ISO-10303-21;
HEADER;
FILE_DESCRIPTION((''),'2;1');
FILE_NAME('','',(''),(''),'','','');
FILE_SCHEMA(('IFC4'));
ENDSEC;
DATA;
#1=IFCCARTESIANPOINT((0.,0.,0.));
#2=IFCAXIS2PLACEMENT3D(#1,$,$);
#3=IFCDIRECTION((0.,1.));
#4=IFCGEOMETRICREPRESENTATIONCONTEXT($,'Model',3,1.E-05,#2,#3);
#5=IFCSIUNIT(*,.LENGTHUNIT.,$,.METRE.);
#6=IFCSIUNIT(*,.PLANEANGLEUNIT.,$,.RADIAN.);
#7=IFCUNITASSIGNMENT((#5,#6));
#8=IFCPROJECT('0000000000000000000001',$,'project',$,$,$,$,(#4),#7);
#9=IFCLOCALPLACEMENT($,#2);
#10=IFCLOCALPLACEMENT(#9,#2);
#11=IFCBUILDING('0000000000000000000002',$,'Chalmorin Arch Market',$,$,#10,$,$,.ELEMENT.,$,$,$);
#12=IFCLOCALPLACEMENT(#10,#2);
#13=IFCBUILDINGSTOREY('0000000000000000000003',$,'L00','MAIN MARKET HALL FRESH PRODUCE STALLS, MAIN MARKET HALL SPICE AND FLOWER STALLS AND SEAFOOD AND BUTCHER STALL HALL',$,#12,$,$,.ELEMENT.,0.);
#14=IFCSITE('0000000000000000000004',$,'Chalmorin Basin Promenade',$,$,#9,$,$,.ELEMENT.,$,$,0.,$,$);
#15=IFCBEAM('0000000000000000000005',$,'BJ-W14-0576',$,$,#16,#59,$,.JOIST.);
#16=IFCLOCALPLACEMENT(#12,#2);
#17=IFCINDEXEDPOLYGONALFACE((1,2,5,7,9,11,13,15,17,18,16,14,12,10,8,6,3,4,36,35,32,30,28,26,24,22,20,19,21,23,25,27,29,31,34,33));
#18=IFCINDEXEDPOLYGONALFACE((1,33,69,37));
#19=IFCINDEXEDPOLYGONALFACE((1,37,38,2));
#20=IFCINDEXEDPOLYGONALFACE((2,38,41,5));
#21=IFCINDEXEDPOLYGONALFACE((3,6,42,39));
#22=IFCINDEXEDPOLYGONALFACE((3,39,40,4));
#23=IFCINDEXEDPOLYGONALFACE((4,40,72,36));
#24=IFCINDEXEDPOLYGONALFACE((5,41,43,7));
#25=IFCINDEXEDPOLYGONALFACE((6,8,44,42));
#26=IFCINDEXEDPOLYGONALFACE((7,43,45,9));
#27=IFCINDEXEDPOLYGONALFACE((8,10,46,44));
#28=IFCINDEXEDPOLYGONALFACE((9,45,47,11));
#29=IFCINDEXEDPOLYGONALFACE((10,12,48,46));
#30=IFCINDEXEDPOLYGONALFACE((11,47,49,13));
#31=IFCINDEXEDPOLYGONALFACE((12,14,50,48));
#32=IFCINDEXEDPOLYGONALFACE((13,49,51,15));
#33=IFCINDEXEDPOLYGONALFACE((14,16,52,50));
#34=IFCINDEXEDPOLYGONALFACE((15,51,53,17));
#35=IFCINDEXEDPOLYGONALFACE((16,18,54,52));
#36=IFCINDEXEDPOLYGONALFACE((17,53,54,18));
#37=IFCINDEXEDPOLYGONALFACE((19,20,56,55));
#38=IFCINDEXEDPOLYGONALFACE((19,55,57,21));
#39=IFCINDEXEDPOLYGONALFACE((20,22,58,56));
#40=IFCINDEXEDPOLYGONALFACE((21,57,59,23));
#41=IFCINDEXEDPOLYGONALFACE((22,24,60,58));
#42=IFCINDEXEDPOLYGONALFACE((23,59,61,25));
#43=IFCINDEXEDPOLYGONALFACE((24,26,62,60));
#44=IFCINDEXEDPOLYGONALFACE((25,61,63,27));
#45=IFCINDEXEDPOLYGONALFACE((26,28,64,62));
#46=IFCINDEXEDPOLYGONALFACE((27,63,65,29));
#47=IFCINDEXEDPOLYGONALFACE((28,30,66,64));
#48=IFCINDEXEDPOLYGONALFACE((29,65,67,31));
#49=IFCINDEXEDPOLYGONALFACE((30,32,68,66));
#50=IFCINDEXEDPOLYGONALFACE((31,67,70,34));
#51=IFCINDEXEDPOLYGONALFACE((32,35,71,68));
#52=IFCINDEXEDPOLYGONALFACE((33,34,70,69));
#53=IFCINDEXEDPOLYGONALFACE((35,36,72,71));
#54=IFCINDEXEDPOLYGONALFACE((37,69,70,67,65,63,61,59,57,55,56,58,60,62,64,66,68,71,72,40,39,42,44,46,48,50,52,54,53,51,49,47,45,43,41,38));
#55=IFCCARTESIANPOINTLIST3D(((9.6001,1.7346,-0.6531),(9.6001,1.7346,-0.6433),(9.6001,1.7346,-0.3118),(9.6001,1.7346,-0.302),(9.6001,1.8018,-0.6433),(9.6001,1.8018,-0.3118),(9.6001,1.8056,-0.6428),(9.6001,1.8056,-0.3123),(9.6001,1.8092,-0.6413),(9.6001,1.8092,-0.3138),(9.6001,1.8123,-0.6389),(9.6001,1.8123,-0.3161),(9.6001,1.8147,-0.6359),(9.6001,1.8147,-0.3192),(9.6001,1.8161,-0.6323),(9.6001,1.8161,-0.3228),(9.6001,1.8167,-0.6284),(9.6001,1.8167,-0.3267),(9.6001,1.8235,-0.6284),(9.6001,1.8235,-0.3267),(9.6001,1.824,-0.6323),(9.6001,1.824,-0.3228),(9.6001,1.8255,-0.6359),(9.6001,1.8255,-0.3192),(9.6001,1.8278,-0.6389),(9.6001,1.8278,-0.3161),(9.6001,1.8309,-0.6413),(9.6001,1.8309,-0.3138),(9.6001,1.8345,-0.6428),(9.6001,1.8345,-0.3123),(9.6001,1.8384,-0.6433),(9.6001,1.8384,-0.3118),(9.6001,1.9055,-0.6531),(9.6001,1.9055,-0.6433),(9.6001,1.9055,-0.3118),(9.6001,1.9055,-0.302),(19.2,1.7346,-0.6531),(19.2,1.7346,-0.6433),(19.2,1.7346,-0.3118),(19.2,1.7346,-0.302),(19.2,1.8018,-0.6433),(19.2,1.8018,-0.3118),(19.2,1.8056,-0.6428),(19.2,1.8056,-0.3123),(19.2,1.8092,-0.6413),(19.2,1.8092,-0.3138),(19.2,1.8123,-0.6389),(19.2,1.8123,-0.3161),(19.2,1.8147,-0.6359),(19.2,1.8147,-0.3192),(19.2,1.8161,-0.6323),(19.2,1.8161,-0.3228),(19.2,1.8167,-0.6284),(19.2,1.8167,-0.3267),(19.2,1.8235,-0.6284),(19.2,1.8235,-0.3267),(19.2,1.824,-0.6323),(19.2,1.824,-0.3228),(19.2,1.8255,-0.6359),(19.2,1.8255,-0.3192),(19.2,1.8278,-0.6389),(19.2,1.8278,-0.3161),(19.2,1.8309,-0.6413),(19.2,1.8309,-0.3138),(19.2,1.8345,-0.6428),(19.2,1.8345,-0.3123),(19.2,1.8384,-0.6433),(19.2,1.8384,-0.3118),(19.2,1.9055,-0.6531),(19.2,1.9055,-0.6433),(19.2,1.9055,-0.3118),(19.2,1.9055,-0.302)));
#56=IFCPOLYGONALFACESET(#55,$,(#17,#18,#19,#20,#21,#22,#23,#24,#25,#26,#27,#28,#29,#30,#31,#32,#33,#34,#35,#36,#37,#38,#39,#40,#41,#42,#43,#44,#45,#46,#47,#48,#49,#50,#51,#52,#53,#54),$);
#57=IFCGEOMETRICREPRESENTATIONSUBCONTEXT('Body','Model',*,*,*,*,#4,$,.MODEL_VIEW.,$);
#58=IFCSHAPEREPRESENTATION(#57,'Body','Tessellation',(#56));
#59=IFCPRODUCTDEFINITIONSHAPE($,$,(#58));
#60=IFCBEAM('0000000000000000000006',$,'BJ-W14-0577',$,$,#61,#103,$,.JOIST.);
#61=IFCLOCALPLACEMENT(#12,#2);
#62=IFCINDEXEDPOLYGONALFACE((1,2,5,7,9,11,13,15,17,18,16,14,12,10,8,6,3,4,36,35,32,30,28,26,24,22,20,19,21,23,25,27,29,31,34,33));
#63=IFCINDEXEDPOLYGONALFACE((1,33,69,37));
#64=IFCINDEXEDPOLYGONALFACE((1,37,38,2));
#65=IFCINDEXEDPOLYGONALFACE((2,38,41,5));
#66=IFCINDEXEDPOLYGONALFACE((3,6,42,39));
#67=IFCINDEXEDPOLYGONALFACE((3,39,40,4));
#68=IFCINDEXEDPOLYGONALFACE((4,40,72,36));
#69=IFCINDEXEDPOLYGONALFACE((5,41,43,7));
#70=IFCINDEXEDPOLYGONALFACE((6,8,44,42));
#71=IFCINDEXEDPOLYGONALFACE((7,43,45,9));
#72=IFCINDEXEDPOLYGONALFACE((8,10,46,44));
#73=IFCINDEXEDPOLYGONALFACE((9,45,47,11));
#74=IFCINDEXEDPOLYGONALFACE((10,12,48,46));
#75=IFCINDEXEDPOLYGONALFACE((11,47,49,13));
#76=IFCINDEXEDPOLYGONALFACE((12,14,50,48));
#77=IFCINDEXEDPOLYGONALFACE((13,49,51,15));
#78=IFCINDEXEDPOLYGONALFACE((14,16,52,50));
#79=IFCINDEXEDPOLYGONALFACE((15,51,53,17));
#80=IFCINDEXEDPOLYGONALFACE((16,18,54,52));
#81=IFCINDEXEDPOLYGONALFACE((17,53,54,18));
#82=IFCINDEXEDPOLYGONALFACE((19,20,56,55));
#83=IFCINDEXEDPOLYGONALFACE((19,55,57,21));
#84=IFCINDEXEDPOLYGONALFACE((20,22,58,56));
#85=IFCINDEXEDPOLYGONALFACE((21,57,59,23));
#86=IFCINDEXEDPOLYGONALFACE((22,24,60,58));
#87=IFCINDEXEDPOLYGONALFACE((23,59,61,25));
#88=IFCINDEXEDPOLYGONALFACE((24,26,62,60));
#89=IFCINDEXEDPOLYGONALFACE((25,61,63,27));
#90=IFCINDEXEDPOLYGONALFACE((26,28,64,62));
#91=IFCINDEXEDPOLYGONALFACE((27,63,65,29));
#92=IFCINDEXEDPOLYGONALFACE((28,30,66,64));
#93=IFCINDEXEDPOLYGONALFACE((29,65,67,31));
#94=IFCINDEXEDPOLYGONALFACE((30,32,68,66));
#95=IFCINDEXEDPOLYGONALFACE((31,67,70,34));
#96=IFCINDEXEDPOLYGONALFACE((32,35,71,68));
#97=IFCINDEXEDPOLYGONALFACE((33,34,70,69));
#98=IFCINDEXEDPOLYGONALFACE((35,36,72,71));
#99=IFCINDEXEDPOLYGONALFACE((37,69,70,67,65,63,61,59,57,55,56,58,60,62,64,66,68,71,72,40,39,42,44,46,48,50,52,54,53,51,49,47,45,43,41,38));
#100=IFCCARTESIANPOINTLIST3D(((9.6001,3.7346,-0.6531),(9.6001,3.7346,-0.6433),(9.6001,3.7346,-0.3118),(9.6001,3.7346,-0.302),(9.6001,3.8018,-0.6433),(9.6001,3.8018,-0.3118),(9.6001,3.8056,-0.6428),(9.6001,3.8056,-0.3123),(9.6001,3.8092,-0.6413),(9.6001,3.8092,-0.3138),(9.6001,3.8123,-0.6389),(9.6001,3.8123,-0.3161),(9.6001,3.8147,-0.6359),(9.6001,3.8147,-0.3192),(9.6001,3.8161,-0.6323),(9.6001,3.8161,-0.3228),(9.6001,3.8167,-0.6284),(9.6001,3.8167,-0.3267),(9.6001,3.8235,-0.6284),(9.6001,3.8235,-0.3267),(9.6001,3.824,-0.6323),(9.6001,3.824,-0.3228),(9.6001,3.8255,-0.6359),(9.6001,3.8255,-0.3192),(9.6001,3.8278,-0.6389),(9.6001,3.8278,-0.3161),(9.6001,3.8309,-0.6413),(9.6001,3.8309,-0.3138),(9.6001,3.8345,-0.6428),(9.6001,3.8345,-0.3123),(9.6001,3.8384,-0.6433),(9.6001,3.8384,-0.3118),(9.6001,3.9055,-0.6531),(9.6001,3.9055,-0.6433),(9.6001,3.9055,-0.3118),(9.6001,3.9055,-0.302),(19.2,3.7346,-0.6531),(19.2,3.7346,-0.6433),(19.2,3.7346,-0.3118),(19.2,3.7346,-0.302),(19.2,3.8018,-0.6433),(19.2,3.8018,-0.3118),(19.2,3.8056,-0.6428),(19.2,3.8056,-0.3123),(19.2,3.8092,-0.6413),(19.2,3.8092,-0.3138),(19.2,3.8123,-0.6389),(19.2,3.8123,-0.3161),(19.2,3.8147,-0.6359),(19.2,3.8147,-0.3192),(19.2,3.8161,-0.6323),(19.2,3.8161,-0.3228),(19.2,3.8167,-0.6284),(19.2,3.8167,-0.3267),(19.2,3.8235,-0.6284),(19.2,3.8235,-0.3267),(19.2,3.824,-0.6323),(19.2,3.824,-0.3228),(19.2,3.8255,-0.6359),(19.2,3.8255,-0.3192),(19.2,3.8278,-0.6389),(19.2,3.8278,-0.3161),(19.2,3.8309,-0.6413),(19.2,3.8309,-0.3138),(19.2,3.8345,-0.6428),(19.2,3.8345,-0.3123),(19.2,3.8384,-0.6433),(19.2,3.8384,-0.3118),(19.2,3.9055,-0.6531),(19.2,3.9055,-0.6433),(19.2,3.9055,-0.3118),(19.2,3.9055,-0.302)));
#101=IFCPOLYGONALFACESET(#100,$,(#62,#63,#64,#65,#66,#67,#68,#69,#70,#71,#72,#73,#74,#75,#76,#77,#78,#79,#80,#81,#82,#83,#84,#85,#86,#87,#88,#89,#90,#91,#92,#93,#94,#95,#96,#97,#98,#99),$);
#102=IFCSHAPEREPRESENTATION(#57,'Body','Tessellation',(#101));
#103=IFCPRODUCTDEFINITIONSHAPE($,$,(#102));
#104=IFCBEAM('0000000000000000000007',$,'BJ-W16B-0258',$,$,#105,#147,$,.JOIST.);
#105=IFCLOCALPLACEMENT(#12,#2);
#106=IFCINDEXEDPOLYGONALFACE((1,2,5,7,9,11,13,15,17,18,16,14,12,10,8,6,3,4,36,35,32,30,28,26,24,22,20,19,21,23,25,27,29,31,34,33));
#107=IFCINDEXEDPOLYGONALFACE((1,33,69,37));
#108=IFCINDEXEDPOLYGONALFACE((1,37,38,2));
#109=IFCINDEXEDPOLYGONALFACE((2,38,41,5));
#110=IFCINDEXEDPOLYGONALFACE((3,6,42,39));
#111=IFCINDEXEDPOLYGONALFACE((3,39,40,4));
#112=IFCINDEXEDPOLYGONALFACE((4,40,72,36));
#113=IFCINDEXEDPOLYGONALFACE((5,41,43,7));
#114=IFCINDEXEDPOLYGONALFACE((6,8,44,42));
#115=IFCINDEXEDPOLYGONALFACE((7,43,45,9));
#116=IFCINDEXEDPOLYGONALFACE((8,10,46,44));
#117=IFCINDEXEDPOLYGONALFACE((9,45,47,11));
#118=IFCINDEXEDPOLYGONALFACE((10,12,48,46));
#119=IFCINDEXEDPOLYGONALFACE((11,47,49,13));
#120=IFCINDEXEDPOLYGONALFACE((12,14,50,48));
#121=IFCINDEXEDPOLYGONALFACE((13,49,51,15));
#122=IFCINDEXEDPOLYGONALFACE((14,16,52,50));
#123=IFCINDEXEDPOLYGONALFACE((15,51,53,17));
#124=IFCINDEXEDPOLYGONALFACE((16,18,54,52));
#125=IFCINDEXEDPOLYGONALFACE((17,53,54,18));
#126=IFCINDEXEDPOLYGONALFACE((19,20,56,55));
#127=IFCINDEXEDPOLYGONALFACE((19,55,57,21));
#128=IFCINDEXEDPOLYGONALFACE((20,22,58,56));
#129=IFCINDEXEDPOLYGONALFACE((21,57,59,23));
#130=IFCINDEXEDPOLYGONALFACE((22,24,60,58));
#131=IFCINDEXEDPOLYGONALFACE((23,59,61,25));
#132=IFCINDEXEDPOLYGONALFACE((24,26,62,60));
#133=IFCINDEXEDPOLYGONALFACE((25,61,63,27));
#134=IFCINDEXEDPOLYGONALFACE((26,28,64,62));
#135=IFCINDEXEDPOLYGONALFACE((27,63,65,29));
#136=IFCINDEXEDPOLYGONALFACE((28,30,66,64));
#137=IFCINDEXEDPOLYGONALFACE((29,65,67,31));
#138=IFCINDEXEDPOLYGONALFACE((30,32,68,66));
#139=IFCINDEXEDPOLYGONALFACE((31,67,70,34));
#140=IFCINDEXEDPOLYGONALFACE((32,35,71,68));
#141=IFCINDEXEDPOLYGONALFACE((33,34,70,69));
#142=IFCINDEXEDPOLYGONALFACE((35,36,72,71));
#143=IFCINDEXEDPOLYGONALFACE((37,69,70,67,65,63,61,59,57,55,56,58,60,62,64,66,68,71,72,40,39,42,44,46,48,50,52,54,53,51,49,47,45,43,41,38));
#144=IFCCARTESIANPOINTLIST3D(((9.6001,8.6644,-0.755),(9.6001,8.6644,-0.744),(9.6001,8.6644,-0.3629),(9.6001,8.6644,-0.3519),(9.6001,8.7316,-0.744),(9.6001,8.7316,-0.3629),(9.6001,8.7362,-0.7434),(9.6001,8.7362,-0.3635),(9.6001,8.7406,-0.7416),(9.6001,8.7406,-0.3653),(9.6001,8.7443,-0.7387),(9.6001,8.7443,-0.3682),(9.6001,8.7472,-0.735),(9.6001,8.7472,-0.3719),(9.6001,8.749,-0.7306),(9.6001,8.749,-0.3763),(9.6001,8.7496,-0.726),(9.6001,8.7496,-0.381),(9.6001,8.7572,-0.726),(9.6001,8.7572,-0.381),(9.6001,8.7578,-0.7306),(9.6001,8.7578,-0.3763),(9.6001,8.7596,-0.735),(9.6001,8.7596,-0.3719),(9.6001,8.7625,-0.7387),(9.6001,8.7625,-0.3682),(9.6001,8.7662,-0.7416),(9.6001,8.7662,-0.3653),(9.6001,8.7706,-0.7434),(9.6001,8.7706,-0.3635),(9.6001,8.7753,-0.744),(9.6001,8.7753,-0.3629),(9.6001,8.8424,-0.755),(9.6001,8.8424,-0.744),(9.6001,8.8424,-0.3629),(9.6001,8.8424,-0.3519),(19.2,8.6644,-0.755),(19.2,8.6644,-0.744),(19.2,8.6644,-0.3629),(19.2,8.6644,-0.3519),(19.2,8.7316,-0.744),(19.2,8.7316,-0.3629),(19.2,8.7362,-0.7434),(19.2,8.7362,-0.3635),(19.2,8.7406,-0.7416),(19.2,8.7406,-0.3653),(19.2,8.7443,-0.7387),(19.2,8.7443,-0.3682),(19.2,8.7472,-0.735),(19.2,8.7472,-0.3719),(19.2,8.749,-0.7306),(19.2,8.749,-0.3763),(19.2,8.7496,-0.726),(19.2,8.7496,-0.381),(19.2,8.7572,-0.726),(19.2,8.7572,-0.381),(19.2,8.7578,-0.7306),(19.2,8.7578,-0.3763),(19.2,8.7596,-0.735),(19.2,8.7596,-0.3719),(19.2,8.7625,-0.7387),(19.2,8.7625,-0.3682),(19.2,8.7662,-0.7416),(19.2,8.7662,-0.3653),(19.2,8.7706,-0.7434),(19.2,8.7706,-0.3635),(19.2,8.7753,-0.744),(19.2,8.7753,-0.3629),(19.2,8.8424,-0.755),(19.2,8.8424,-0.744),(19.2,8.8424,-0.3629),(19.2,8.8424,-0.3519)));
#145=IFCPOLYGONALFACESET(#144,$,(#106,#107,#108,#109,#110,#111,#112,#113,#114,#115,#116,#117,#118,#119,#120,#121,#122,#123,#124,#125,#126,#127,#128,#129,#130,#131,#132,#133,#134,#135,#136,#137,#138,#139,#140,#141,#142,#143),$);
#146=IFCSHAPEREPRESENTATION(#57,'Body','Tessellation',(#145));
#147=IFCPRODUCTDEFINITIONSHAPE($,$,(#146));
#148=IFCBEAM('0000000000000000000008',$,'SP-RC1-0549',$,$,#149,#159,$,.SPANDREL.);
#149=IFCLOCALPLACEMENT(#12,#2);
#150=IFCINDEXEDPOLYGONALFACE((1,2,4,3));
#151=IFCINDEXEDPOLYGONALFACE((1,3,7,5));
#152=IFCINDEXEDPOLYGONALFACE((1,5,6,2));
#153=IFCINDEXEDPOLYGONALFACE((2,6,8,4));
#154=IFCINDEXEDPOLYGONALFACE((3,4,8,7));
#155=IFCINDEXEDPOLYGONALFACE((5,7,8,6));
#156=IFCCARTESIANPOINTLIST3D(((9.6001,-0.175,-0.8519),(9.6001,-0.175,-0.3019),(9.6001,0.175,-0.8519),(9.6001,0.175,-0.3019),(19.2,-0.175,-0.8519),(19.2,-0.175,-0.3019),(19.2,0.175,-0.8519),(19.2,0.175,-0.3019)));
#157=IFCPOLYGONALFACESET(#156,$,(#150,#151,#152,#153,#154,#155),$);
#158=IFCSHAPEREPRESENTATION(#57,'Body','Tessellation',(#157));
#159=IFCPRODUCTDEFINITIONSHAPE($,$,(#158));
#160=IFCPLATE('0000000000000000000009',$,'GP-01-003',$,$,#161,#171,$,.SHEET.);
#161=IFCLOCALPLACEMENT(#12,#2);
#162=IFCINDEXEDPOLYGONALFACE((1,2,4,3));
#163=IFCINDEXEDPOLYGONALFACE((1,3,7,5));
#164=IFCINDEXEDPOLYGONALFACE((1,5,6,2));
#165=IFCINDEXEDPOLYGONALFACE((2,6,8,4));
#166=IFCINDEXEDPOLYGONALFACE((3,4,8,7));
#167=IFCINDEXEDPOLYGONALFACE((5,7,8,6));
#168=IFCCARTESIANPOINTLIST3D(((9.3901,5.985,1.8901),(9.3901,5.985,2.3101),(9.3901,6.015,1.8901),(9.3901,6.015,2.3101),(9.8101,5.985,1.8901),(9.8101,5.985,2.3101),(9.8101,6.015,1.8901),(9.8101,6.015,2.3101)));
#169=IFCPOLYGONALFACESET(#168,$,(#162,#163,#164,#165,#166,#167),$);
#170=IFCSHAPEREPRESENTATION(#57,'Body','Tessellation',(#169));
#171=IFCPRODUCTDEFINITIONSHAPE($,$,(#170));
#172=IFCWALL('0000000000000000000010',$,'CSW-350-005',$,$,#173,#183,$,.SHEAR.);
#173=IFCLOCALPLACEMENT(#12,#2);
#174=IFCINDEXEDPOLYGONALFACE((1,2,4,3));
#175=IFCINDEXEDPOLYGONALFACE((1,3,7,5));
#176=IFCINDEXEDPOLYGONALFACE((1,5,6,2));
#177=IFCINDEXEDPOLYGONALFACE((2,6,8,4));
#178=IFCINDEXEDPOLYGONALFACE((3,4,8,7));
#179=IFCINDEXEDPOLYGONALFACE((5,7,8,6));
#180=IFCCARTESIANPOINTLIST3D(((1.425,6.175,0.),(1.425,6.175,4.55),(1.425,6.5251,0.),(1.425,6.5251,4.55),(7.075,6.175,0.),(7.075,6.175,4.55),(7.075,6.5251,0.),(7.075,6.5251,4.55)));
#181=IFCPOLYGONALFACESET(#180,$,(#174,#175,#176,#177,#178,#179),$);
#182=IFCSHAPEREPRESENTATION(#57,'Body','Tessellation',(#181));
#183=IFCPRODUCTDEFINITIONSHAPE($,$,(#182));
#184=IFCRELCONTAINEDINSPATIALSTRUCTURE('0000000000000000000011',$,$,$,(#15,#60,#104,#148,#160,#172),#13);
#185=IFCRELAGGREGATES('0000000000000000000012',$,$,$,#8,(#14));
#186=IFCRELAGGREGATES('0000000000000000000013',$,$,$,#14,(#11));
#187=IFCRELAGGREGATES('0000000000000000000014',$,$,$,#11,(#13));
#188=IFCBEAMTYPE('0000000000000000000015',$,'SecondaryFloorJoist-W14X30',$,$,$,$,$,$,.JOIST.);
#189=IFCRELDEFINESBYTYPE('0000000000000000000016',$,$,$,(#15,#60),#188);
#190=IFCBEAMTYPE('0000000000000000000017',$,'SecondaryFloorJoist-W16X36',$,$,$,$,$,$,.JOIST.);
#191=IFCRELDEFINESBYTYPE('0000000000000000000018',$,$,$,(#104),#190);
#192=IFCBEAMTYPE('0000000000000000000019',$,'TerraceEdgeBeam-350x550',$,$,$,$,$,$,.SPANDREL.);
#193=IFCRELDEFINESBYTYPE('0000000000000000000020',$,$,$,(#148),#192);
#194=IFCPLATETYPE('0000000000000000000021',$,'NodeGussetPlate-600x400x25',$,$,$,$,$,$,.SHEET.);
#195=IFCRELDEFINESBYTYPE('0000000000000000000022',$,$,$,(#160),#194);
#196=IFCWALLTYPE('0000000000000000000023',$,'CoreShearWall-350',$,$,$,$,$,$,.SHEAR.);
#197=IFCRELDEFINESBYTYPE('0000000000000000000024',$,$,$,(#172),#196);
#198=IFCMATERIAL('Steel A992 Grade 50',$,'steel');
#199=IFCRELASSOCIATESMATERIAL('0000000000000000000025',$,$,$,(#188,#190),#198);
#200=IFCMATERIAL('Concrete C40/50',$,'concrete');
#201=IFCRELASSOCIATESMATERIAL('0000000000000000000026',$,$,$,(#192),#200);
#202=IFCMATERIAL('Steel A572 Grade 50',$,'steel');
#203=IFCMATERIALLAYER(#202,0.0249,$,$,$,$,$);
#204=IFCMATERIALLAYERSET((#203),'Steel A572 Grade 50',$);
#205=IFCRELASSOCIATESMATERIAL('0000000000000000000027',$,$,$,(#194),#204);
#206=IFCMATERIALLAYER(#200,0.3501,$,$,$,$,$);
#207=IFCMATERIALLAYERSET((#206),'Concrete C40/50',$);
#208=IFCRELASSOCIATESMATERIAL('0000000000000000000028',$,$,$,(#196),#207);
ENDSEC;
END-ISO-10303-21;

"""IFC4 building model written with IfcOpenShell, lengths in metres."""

from ifc_helpers import new_model, si_unit, direction, frame, frame_2d, origin, origin_2d, place, context, subcontext, project, spatial, rectangle, i_section, extrude, material, layer, layer_set, material_profile, profile_set, type_object, element, save


model = new_model("IFC4")

# Units and contexts
model_context = context("Model", 3, precision=1e-05, world=origin(), true_north=direction((0.0, 1.0)))
body_context = subcontext(model_context, "Body", "Model", "MODEL_VIEW")
ifc_project = project(units=[si_unit("LENGTHUNIT", "METRE"), si_unit("PLANEANGLEUNIT", "RADIAN")], contexts=[model_context])

# Site, building, storey
site_placement = place(None, origin())
site = spatial("IfcSite", under=ifc_project, at=site_placement, Name="Chalmorin Basin Promenade", CompositionType="ELEMENT", RefElevation=0.0)
building_placement = place(site_placement, origin())
building = spatial("IfcBuilding", under=site, at=building_placement, Name="Chalmorin Arch Market", CompositionType="ELEMENT")
storey_placement = place(building_placement, origin())
storey = spatial("IfcBuildingStorey", under=building, at=storey_placement, Name="L00", Description="MAIN MARKET HALL FRESH PRODUCE STALLS, MAIN MARKET HALL SPICE AND FLOWER STALLS AND SEAFOOD AND BUTCHER STALL HALL", CompositionType="ELEMENT", Elevation=0.0)

# Shared definitions
ifc_material_1 = material(Name="Concrete C40/50", Category="concrete")

# Beams
ifc_material_2 = material(Name="Steel A992 Grade 50", Category="steel")
ifc_material_profile_1 = material_profile(ifc_material_2, i_section(OverallWidth=0.1709, OverallDepth=0.3511, WebThickness=0.0068, FlangeThickness=0.0098, FilletRadius=0.0149, at=origin_2d()), Name="W14X30")
ifc_profile_set_1 = profile_set([ifc_material_profile_1], Name="Steel A992 Grade 50")
beam_type_1 = type_object("IfcBeamType", Name="SecondaryFloorJoist-W14X30", PredefinedType="JOIST", material=ifc_profile_set_1)
for number, where, z_axis, x_axis, name in (
    (1, (9.6001, 1.8201, -0.4775), (1.0, 0.0, 0.0), (0.0, 1.0, 0.0), "BJ-W14-0576"),
    (2, (9.6001, 3.8201, -0.4775), (1.0, 0.0, 0.0), (0.0, 1.0, 0.0), "BJ-W14-0577"),
):
    element("IfcBeam", number, at=place(storey_placement, frame(where, z_axis=z_axis, x_axis=x_axis)), inside=storey, type_object=beam_type_1, Name=name, PredefinedType="JOIST", context=body_context, shape_type="SweptSolid", body=[
        extrude(i_section(OverallWidth=0.1709, OverallDepth=0.3511, WebThickness=0.0068, FlangeThickness=0.0098, FilletRadius=0.0149, at=origin_2d()), origin(), (0.0, 0.0, 1.0), 9.5999),
    ])
ifc_material_profile_2 = material_profile(ifc_material_2, i_section(OverallWidth=0.178, OverallDepth=0.4031, WebThickness=0.0076, FlangeThickness=0.011, FilletRadius=0.0181, at=origin_2d()), Name="W16X36")
ifc_profile_set_2 = profile_set([ifc_material_profile_2], Name="Steel A992 Grade 50")
beam_type_2 = type_object("IfcBeamType", Name="SecondaryFloorJoist-W16X36", PredefinedType="JOIST", material=ifc_profile_set_2)
beam_1_placement = place(storey_placement, frame((9.6001, 8.7534, -0.5535), z_axis=(1.0, 0.0, 0.0), x_axis=(0.0, 1.0, 0.0)))
element("IfcBeam", 3, at=beam_1_placement, inside=storey, type_object=beam_type_2, Name="BJ-W16B-0258", PredefinedType="JOIST", context=body_context, shape_type="SweptSolid", body=[
    extrude(i_section(OverallWidth=0.178, OverallDepth=0.4031, WebThickness=0.0076, FlangeThickness=0.011, FilletRadius=0.0181, at=origin_2d()), origin(), (0.0, 0.0, 1.0), 9.5999),
])
ifc_material_profile_3 = material_profile(ifc_material_1, rectangle(XDim=0.3501, YDim=0.55, at=origin_2d()), Name="RC350X550")
ifc_profile_set_3 = profile_set([ifc_material_profile_3], Name="Concrete C40/50")
beam_type_3 = type_object("IfcBeamType", Name="TerraceEdgeBeam-350x550", PredefinedType="SPANDREL", material=ifc_profile_set_3)
beam_2_placement = place(storey_placement, frame((9.6001, 0.0, -0.5769), z_axis=(1.0, 0.0, 0.0), x_axis=(0.0, 1.0, 0.0)))
element("IfcBeam", 4, at=beam_2_placement, inside=storey, type_object=beam_type_3, Name="SP-RC1-0549", PredefinedType="SPANDREL", context=body_context, shape_type="SweptSolid", body=[
    extrude(rectangle(XDim=0.3501, YDim=0.55, at=origin_2d()), origin(), (0.0, 0.0, 1.0), 9.5999),
])

# Plate
ifc_material_3 = material(Name="Steel A572 Grade 50", Category="steel")
ifc_layer_1 = layer(ifc_material_3, 0.0249)
ifc_layer_set_1 = layer_set([ifc_layer_1], Name="Steel A572 Grade 50")
plate_type = type_object("IfcPlateType", Name="NodeGussetPlate-600x400x25", PredefinedType="SHEET", material=ifc_layer_set_1)
plate_placement = place(storey_placement, frame((9.6001, 6.0, 1.8901), z_axis=(0.0, 0.0, 1.0), x_axis=(1.0, 0.0, 0.0)))
element("IfcPlate", 5, at=plate_placement, inside=storey, type_object=plate_type, Name="GP-01-003", PredefinedType="SHEET", context=body_context, shape_type="SweptSolid", body=[
    extrude(rectangle(XDim=0.4199, YDim=0.03, at=origin_2d()), origin(), (0.0, 0.0, 1.0), 0.4199),
])

# Wall
ifc_layer_2 = layer(ifc_material_1, 0.3501)
ifc_layer_set_2 = layer_set([ifc_layer_2], Name="Concrete C40/50")
wall_type_1 = type_object("IfcWallType", Name="CoreShearWall-350", PredefinedType="SHEAR", material=ifc_layer_set_2)
wall_1_placement = place(storey_placement, frame((7.075, 6.3501, 0.0), z_axis=(0.0, 0.0, 1.0), x_axis=(-1.0, 0.0, 0.0)))
element("IfcWall", 6, at=wall_1_placement, inside=storey, type_object=wall_type_1, Name="CSW-350-005", PredefinedType="SHEAR", context=body_context, shape_type="SweptSolid", body=[
    extrude(rectangle(XDim=5.6499, YDim=0.3501, at=frame_2d((2.825, 0.0))), origin(), (0.0, 0.0, 1.0), 4.55),
])

save(model, "model.ifc")
